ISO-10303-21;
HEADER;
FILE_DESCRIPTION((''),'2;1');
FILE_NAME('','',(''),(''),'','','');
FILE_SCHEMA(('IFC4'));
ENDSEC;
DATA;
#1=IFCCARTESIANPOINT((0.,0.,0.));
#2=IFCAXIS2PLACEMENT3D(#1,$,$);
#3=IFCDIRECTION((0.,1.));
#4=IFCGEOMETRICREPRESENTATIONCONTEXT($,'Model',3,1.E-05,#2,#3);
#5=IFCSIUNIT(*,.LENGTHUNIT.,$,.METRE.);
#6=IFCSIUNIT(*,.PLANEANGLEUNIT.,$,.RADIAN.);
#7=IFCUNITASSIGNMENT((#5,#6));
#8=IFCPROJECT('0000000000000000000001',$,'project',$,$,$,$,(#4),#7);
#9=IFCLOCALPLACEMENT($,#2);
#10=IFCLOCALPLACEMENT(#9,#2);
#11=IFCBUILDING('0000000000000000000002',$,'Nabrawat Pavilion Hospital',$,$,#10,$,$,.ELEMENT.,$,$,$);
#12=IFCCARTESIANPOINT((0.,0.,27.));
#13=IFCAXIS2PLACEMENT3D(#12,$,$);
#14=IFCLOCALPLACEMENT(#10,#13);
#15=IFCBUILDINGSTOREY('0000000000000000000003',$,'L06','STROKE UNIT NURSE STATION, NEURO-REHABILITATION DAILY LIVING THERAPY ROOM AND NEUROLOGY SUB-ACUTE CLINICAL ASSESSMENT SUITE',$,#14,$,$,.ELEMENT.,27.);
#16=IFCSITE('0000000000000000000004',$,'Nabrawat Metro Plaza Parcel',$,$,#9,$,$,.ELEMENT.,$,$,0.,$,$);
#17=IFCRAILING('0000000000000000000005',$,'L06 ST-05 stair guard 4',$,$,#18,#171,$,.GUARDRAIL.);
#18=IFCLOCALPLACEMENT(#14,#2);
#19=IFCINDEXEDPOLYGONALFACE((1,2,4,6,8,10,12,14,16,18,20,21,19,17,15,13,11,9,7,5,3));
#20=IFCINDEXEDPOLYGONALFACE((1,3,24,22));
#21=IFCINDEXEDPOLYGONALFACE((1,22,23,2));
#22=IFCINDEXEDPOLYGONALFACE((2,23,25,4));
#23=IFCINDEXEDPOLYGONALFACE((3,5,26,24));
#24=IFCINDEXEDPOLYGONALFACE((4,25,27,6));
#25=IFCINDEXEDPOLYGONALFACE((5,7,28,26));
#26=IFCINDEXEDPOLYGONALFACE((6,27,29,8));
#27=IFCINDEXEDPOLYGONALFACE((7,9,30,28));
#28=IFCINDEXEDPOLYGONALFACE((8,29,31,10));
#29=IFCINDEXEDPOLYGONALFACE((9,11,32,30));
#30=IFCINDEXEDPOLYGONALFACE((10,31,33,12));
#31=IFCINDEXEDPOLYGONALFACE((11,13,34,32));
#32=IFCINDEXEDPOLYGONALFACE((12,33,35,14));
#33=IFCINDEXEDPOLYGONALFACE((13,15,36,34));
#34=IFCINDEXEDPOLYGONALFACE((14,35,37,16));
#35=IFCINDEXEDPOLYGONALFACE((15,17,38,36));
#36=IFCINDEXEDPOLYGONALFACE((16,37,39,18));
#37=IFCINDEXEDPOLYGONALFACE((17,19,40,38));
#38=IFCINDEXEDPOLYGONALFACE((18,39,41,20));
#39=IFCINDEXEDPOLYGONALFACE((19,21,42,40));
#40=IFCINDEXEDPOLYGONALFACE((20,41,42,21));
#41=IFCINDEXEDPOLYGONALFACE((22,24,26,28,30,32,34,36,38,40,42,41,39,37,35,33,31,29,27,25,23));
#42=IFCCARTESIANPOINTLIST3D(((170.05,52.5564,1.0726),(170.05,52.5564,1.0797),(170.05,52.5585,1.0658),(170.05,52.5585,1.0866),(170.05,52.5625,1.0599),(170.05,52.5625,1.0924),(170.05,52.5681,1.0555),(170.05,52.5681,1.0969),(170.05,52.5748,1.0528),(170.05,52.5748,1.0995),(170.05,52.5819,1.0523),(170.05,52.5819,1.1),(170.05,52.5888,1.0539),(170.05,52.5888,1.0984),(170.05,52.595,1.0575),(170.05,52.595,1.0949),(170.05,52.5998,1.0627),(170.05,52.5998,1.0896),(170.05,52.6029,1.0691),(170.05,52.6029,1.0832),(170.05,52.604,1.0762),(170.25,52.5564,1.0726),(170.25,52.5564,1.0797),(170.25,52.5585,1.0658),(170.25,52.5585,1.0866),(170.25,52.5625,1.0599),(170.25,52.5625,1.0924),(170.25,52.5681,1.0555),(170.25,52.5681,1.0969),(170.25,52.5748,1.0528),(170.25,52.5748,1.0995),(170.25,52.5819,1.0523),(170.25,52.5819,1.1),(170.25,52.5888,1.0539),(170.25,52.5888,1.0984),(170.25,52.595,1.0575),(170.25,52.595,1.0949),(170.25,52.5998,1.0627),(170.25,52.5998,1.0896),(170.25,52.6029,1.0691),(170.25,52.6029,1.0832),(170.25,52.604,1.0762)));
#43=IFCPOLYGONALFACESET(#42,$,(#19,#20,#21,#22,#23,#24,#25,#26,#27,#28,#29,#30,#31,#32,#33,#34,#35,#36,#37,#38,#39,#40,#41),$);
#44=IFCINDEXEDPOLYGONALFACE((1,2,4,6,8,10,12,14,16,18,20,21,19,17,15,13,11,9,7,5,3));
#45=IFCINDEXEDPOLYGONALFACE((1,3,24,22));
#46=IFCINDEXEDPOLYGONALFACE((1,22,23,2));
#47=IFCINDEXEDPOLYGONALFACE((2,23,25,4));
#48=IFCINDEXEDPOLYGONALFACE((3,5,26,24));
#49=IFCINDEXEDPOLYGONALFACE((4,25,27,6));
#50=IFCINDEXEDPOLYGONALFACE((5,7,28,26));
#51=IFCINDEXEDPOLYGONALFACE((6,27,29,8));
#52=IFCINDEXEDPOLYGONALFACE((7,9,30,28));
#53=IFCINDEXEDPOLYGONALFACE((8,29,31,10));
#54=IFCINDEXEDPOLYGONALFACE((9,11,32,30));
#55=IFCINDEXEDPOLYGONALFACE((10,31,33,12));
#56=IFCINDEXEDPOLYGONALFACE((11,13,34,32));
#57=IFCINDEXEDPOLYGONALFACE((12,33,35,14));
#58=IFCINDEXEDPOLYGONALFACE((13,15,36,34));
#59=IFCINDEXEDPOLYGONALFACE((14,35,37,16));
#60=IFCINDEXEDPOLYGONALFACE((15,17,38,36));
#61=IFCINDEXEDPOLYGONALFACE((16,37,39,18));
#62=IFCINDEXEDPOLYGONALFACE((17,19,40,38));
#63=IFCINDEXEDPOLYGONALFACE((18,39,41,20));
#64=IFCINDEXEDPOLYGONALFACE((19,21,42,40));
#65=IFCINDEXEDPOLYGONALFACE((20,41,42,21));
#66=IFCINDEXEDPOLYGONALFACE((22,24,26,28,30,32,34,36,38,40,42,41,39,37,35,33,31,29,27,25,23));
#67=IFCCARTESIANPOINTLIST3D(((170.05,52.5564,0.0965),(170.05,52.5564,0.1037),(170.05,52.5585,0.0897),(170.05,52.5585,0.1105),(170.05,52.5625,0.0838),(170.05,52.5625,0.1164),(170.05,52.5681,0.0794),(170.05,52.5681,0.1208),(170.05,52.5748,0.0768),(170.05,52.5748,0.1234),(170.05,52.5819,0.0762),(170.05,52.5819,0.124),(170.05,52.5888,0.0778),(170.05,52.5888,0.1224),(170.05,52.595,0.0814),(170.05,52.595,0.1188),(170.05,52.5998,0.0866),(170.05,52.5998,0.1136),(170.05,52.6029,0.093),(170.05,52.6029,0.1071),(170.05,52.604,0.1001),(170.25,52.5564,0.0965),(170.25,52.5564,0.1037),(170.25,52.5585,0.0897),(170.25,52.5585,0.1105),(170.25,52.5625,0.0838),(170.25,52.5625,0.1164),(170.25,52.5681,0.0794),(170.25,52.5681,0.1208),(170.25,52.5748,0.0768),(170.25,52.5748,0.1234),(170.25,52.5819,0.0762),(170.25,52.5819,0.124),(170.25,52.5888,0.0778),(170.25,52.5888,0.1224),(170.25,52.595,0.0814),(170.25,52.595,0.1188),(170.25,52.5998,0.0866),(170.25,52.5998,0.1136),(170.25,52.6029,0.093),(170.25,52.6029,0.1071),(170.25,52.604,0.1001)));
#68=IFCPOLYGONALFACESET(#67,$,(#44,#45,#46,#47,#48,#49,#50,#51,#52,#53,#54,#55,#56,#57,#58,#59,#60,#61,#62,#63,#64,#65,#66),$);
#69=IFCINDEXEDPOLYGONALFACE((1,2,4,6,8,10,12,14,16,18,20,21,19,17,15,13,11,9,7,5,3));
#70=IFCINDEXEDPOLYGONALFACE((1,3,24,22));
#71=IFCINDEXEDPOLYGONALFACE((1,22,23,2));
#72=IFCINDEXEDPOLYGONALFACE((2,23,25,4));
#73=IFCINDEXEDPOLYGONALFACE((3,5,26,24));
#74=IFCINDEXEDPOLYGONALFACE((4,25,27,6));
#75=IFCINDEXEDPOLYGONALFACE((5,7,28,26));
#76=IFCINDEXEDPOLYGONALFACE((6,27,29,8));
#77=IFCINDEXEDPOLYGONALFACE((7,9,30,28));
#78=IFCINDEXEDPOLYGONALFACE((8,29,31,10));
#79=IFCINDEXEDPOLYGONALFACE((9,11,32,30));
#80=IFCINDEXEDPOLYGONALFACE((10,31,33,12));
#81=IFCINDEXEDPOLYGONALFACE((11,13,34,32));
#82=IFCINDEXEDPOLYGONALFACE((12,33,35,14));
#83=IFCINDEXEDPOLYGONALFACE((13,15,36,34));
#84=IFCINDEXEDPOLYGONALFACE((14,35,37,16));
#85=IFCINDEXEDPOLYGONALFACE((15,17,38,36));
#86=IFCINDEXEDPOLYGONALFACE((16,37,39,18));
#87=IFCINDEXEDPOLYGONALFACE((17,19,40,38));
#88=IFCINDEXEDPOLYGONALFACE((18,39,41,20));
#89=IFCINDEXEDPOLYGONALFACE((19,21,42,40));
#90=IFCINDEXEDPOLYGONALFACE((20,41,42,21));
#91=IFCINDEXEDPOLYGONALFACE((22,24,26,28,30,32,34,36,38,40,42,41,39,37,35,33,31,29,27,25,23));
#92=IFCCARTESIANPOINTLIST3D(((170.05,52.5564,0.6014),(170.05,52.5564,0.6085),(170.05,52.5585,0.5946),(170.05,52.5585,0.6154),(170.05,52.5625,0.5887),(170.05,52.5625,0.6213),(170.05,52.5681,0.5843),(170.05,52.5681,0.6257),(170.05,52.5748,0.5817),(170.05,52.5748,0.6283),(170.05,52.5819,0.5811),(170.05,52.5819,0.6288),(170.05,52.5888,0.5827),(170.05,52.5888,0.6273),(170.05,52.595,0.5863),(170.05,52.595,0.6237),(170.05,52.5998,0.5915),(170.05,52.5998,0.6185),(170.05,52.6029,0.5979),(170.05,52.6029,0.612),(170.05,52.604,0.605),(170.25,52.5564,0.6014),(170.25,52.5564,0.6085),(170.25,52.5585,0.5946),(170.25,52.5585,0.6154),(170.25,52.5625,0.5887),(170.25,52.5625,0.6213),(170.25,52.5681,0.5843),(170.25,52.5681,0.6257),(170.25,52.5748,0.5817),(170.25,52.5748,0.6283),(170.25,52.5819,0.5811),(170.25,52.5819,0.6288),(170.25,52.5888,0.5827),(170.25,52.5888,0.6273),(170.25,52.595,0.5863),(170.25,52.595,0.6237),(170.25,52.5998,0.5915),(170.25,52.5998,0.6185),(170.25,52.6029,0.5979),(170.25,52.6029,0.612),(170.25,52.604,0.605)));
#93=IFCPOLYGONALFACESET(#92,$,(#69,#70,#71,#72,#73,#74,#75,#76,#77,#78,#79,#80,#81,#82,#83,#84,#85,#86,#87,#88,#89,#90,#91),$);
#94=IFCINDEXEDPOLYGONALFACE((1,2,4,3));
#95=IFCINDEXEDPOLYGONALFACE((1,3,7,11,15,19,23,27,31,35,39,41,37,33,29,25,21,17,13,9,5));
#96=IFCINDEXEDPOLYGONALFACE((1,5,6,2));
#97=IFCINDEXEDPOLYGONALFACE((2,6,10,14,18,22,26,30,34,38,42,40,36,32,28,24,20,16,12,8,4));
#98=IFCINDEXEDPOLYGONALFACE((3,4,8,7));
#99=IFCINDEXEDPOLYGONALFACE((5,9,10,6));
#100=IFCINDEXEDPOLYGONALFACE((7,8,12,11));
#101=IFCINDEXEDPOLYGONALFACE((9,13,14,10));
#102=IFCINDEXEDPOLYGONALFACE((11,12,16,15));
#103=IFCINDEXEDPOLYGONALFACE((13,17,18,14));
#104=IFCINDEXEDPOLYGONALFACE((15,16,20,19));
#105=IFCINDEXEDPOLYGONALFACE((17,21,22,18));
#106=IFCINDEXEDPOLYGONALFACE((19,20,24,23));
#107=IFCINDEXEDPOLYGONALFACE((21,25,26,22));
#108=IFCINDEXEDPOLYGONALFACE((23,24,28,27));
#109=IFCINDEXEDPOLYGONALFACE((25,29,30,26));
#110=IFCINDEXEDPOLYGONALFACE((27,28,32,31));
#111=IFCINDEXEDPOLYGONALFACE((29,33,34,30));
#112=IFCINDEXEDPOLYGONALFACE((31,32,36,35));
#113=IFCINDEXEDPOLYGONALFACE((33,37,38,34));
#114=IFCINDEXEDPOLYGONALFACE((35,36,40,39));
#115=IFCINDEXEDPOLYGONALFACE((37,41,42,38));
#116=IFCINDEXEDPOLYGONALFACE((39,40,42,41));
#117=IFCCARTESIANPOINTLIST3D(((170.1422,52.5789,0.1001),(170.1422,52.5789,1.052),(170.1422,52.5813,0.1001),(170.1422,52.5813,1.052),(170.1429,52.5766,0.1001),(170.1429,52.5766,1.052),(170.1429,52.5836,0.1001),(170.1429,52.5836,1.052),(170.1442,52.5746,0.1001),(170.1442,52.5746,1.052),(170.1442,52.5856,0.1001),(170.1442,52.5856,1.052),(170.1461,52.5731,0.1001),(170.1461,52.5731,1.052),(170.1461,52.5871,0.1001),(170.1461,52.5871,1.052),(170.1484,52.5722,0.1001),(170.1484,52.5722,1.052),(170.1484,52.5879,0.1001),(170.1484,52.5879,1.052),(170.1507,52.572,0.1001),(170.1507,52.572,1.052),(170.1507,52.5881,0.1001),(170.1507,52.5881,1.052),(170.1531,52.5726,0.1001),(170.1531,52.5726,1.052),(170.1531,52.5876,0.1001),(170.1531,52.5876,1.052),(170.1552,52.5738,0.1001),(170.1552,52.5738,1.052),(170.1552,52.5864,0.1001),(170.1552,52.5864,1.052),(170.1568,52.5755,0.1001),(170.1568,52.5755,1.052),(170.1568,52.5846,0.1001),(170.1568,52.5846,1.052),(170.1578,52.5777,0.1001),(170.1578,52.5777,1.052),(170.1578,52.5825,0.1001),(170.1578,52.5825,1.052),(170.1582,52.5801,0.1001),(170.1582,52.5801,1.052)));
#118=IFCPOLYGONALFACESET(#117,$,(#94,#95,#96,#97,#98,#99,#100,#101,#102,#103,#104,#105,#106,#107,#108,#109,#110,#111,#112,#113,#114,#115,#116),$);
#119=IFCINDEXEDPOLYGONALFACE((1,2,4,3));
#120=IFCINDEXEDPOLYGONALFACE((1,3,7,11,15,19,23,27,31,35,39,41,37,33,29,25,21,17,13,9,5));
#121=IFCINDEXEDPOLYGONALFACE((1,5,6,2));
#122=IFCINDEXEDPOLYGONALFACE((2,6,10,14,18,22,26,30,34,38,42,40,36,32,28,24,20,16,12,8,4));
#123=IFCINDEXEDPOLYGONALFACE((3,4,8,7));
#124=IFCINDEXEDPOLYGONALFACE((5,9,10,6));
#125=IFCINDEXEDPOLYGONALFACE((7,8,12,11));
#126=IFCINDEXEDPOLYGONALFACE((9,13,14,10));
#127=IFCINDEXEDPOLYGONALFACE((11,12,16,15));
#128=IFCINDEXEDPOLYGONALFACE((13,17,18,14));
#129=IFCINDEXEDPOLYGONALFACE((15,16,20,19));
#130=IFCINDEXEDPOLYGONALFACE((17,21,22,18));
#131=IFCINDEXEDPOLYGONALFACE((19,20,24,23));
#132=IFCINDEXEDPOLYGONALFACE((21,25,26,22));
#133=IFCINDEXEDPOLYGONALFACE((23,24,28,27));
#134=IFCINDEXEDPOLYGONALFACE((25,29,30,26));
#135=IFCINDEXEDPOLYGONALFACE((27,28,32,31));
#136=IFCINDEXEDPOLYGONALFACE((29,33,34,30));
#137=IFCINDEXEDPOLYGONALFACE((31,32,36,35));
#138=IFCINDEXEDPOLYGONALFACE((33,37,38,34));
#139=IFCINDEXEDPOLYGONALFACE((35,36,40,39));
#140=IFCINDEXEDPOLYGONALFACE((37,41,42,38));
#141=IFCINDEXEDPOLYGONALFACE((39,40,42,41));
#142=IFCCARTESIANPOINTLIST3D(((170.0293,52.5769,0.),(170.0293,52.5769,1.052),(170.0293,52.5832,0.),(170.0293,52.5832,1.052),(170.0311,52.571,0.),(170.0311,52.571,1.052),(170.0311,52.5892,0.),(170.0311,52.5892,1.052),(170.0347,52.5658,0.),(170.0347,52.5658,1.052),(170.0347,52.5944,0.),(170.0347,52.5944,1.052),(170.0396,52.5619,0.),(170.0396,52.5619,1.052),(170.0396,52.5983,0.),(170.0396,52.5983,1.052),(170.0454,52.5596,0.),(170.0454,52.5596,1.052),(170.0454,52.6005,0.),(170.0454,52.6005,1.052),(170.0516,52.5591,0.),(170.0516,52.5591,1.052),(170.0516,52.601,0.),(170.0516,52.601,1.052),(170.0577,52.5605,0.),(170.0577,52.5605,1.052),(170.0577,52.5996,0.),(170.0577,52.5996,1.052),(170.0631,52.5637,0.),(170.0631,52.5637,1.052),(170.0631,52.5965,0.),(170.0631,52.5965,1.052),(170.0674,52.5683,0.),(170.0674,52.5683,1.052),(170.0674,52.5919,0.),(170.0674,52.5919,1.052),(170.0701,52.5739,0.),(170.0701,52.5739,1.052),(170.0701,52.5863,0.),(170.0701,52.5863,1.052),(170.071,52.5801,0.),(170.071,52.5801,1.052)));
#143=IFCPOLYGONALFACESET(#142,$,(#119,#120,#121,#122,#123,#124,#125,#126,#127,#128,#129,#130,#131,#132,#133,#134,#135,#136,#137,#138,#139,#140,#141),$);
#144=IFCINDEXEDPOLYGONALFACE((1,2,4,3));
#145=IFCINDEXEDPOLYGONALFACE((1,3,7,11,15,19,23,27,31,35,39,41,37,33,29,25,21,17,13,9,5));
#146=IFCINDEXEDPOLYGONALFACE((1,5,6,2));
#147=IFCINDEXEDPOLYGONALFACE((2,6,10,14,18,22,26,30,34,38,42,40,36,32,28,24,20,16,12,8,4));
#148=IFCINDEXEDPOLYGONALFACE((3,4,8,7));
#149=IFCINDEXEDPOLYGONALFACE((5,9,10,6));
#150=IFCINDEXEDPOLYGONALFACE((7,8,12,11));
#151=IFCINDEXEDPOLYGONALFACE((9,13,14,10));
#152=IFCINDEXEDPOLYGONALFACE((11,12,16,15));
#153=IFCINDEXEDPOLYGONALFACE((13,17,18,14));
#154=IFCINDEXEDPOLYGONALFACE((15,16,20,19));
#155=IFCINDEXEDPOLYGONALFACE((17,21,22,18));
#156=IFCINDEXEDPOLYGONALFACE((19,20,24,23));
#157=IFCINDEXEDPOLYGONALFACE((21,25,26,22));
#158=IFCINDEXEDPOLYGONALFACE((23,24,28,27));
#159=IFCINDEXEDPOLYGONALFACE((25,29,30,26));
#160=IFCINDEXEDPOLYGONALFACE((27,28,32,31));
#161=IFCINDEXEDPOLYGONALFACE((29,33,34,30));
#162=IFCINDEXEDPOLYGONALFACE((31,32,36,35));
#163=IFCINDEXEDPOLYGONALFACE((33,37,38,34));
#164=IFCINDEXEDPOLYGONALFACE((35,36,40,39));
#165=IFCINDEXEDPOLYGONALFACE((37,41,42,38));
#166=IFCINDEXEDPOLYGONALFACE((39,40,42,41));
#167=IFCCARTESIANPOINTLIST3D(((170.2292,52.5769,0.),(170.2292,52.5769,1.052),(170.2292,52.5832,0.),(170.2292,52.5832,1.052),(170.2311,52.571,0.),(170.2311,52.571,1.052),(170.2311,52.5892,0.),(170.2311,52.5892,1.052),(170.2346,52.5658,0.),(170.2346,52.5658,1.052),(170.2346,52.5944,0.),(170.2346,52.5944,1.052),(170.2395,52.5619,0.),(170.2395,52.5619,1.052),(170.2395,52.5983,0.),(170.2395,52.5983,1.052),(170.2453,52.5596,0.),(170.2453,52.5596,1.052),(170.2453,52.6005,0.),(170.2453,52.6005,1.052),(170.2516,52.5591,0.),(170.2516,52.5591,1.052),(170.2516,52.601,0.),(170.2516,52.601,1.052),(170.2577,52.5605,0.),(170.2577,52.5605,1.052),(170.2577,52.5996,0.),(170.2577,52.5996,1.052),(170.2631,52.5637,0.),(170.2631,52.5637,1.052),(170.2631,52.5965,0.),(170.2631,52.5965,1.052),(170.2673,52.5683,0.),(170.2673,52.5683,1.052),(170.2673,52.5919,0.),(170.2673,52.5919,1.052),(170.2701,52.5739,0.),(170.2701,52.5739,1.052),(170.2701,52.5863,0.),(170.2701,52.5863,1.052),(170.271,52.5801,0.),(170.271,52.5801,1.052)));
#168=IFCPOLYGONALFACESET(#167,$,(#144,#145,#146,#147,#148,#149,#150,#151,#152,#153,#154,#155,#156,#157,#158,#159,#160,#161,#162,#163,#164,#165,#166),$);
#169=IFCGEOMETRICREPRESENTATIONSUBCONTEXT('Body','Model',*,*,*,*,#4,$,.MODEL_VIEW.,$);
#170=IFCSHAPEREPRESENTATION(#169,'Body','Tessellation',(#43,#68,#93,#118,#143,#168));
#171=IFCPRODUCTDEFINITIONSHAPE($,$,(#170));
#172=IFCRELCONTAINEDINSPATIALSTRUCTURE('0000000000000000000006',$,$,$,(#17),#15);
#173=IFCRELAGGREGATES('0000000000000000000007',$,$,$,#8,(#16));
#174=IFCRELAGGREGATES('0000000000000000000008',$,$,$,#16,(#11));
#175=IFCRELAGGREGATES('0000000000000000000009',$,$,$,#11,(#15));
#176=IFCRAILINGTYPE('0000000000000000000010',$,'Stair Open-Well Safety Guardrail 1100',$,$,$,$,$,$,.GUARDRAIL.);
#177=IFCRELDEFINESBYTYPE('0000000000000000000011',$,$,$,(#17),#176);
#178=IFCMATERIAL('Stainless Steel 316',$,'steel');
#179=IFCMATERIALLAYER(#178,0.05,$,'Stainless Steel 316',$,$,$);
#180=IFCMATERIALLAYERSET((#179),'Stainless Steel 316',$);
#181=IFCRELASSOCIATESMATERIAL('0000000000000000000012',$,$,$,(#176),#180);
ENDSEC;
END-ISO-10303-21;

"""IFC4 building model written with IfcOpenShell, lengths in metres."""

from ifc_helpers import new_model, si_unit, direction, frame, origin, origin_2d, place, context, subcontext, project, spatial, circle, extrude, material, layer, layer_set, type_object, element, save


model = new_model("IFC4")

# Units and contexts
model_context = context("Model", 3, precision=1e-05, world=origin(), true_north=direction((0.0, 1.0)))
body_context = subcontext(model_context, "Body", "Model", "MODEL_VIEW")
ifc_project = project(units=[si_unit("LENGTHUNIT", "METRE"), si_unit("PLANEANGLEUNIT", "RADIAN")], contexts=[model_context])

# Site, building, storey
site_placement = place(None, origin())
site = spatial("IfcSite", under=ifc_project, at=site_placement, Name="Nabrawat Metro Plaza Parcel", CompositionType="ELEMENT", RefElevation=0.0)
building_placement = place(site_placement, origin())
building = spatial("IfcBuilding", under=site, at=building_placement, Name="Nabrawat Pavilion Hospital", CompositionType="ELEMENT")
storey_placement = place(building_placement, frame((0.0, 0.0, 27.0)))
storey = spatial("IfcBuildingStorey", under=building, at=storey_placement, Name="L06", Description="STROKE UNIT NURSE STATION, NEURO-REHABILITATION DAILY LIVING THERAPY ROOM AND NEUROLOGY SUB-ACUTE CLINICAL ASSESSMENT SUITE", CompositionType="ELEMENT", Elevation=27.0)

# Railing
ifc_material_1 = material(Name="Stainless Steel 316", Category="steel")
ifc_layer_1 = layer(ifc_material_1, 0.05, Name="Stainless Steel 316")
ifc_layer_set_1 = layer_set([ifc_layer_1], Name="Stainless Steel 316")
railing_type_1 = type_object("IfcRailingType", Name="Stair Open-Well Safety Guardrail 1100", PredefinedType="GUARDRAIL", material=ifc_layer_set_1)
railing_1_placement = place(storey_placement, frame((170.05, 52.5801, 0.0)))
element("IfcRailing", 1, at=railing_1_placement, inside=storey, type_object=railing_type_1, Name="L06 ST-05 stair guard 4", PredefinedType="GUARDRAIL", context=body_context, shape_type="SweptSolid", body=[
    extrude(circle(Radius=0.0239, at=origin_2d()), frame((0.0, 0.0, 1.0762), z_axis=(1.0, 0.0, 0.0), x_axis=(0.0, 1.0, 0.0)), (0.0, 0.0, 1.0), 0.2),
    extrude(circle(Radius=0.0239, at=origin_2d()), frame((0.0, 0.0, 0.1001), z_axis=(1.0, 0.0, 0.0), x_axis=(0.0, 1.0, 0.0)), (0.0, 0.0, 1.0), 0.2),
    extrude(circle(Radius=0.0239, at=origin_2d()), frame((0.0, 0.0, 0.605), z_axis=(1.0, 0.0, 0.0), x_axis=(0.0, 1.0, 0.0)), (0.0, 0.0, 1.0), 0.2),
    extrude(circle(Radius=0.0081, at=origin_2d()), frame((0.1001, 0.0, 0.1001)), (0.0, 0.0, 1.0), 0.9519),
    extrude(circle(Radius=0.021, at=origin_2d()), origin(), (0.0, 0.0, 1.0), 1.052),
    extrude(circle(Radius=0.021, at=origin_2d()), frame((0.2, 0.0, 0.0)), (0.0, 0.0, 1.0), 1.052),
])

save(model, "model.ifc")
